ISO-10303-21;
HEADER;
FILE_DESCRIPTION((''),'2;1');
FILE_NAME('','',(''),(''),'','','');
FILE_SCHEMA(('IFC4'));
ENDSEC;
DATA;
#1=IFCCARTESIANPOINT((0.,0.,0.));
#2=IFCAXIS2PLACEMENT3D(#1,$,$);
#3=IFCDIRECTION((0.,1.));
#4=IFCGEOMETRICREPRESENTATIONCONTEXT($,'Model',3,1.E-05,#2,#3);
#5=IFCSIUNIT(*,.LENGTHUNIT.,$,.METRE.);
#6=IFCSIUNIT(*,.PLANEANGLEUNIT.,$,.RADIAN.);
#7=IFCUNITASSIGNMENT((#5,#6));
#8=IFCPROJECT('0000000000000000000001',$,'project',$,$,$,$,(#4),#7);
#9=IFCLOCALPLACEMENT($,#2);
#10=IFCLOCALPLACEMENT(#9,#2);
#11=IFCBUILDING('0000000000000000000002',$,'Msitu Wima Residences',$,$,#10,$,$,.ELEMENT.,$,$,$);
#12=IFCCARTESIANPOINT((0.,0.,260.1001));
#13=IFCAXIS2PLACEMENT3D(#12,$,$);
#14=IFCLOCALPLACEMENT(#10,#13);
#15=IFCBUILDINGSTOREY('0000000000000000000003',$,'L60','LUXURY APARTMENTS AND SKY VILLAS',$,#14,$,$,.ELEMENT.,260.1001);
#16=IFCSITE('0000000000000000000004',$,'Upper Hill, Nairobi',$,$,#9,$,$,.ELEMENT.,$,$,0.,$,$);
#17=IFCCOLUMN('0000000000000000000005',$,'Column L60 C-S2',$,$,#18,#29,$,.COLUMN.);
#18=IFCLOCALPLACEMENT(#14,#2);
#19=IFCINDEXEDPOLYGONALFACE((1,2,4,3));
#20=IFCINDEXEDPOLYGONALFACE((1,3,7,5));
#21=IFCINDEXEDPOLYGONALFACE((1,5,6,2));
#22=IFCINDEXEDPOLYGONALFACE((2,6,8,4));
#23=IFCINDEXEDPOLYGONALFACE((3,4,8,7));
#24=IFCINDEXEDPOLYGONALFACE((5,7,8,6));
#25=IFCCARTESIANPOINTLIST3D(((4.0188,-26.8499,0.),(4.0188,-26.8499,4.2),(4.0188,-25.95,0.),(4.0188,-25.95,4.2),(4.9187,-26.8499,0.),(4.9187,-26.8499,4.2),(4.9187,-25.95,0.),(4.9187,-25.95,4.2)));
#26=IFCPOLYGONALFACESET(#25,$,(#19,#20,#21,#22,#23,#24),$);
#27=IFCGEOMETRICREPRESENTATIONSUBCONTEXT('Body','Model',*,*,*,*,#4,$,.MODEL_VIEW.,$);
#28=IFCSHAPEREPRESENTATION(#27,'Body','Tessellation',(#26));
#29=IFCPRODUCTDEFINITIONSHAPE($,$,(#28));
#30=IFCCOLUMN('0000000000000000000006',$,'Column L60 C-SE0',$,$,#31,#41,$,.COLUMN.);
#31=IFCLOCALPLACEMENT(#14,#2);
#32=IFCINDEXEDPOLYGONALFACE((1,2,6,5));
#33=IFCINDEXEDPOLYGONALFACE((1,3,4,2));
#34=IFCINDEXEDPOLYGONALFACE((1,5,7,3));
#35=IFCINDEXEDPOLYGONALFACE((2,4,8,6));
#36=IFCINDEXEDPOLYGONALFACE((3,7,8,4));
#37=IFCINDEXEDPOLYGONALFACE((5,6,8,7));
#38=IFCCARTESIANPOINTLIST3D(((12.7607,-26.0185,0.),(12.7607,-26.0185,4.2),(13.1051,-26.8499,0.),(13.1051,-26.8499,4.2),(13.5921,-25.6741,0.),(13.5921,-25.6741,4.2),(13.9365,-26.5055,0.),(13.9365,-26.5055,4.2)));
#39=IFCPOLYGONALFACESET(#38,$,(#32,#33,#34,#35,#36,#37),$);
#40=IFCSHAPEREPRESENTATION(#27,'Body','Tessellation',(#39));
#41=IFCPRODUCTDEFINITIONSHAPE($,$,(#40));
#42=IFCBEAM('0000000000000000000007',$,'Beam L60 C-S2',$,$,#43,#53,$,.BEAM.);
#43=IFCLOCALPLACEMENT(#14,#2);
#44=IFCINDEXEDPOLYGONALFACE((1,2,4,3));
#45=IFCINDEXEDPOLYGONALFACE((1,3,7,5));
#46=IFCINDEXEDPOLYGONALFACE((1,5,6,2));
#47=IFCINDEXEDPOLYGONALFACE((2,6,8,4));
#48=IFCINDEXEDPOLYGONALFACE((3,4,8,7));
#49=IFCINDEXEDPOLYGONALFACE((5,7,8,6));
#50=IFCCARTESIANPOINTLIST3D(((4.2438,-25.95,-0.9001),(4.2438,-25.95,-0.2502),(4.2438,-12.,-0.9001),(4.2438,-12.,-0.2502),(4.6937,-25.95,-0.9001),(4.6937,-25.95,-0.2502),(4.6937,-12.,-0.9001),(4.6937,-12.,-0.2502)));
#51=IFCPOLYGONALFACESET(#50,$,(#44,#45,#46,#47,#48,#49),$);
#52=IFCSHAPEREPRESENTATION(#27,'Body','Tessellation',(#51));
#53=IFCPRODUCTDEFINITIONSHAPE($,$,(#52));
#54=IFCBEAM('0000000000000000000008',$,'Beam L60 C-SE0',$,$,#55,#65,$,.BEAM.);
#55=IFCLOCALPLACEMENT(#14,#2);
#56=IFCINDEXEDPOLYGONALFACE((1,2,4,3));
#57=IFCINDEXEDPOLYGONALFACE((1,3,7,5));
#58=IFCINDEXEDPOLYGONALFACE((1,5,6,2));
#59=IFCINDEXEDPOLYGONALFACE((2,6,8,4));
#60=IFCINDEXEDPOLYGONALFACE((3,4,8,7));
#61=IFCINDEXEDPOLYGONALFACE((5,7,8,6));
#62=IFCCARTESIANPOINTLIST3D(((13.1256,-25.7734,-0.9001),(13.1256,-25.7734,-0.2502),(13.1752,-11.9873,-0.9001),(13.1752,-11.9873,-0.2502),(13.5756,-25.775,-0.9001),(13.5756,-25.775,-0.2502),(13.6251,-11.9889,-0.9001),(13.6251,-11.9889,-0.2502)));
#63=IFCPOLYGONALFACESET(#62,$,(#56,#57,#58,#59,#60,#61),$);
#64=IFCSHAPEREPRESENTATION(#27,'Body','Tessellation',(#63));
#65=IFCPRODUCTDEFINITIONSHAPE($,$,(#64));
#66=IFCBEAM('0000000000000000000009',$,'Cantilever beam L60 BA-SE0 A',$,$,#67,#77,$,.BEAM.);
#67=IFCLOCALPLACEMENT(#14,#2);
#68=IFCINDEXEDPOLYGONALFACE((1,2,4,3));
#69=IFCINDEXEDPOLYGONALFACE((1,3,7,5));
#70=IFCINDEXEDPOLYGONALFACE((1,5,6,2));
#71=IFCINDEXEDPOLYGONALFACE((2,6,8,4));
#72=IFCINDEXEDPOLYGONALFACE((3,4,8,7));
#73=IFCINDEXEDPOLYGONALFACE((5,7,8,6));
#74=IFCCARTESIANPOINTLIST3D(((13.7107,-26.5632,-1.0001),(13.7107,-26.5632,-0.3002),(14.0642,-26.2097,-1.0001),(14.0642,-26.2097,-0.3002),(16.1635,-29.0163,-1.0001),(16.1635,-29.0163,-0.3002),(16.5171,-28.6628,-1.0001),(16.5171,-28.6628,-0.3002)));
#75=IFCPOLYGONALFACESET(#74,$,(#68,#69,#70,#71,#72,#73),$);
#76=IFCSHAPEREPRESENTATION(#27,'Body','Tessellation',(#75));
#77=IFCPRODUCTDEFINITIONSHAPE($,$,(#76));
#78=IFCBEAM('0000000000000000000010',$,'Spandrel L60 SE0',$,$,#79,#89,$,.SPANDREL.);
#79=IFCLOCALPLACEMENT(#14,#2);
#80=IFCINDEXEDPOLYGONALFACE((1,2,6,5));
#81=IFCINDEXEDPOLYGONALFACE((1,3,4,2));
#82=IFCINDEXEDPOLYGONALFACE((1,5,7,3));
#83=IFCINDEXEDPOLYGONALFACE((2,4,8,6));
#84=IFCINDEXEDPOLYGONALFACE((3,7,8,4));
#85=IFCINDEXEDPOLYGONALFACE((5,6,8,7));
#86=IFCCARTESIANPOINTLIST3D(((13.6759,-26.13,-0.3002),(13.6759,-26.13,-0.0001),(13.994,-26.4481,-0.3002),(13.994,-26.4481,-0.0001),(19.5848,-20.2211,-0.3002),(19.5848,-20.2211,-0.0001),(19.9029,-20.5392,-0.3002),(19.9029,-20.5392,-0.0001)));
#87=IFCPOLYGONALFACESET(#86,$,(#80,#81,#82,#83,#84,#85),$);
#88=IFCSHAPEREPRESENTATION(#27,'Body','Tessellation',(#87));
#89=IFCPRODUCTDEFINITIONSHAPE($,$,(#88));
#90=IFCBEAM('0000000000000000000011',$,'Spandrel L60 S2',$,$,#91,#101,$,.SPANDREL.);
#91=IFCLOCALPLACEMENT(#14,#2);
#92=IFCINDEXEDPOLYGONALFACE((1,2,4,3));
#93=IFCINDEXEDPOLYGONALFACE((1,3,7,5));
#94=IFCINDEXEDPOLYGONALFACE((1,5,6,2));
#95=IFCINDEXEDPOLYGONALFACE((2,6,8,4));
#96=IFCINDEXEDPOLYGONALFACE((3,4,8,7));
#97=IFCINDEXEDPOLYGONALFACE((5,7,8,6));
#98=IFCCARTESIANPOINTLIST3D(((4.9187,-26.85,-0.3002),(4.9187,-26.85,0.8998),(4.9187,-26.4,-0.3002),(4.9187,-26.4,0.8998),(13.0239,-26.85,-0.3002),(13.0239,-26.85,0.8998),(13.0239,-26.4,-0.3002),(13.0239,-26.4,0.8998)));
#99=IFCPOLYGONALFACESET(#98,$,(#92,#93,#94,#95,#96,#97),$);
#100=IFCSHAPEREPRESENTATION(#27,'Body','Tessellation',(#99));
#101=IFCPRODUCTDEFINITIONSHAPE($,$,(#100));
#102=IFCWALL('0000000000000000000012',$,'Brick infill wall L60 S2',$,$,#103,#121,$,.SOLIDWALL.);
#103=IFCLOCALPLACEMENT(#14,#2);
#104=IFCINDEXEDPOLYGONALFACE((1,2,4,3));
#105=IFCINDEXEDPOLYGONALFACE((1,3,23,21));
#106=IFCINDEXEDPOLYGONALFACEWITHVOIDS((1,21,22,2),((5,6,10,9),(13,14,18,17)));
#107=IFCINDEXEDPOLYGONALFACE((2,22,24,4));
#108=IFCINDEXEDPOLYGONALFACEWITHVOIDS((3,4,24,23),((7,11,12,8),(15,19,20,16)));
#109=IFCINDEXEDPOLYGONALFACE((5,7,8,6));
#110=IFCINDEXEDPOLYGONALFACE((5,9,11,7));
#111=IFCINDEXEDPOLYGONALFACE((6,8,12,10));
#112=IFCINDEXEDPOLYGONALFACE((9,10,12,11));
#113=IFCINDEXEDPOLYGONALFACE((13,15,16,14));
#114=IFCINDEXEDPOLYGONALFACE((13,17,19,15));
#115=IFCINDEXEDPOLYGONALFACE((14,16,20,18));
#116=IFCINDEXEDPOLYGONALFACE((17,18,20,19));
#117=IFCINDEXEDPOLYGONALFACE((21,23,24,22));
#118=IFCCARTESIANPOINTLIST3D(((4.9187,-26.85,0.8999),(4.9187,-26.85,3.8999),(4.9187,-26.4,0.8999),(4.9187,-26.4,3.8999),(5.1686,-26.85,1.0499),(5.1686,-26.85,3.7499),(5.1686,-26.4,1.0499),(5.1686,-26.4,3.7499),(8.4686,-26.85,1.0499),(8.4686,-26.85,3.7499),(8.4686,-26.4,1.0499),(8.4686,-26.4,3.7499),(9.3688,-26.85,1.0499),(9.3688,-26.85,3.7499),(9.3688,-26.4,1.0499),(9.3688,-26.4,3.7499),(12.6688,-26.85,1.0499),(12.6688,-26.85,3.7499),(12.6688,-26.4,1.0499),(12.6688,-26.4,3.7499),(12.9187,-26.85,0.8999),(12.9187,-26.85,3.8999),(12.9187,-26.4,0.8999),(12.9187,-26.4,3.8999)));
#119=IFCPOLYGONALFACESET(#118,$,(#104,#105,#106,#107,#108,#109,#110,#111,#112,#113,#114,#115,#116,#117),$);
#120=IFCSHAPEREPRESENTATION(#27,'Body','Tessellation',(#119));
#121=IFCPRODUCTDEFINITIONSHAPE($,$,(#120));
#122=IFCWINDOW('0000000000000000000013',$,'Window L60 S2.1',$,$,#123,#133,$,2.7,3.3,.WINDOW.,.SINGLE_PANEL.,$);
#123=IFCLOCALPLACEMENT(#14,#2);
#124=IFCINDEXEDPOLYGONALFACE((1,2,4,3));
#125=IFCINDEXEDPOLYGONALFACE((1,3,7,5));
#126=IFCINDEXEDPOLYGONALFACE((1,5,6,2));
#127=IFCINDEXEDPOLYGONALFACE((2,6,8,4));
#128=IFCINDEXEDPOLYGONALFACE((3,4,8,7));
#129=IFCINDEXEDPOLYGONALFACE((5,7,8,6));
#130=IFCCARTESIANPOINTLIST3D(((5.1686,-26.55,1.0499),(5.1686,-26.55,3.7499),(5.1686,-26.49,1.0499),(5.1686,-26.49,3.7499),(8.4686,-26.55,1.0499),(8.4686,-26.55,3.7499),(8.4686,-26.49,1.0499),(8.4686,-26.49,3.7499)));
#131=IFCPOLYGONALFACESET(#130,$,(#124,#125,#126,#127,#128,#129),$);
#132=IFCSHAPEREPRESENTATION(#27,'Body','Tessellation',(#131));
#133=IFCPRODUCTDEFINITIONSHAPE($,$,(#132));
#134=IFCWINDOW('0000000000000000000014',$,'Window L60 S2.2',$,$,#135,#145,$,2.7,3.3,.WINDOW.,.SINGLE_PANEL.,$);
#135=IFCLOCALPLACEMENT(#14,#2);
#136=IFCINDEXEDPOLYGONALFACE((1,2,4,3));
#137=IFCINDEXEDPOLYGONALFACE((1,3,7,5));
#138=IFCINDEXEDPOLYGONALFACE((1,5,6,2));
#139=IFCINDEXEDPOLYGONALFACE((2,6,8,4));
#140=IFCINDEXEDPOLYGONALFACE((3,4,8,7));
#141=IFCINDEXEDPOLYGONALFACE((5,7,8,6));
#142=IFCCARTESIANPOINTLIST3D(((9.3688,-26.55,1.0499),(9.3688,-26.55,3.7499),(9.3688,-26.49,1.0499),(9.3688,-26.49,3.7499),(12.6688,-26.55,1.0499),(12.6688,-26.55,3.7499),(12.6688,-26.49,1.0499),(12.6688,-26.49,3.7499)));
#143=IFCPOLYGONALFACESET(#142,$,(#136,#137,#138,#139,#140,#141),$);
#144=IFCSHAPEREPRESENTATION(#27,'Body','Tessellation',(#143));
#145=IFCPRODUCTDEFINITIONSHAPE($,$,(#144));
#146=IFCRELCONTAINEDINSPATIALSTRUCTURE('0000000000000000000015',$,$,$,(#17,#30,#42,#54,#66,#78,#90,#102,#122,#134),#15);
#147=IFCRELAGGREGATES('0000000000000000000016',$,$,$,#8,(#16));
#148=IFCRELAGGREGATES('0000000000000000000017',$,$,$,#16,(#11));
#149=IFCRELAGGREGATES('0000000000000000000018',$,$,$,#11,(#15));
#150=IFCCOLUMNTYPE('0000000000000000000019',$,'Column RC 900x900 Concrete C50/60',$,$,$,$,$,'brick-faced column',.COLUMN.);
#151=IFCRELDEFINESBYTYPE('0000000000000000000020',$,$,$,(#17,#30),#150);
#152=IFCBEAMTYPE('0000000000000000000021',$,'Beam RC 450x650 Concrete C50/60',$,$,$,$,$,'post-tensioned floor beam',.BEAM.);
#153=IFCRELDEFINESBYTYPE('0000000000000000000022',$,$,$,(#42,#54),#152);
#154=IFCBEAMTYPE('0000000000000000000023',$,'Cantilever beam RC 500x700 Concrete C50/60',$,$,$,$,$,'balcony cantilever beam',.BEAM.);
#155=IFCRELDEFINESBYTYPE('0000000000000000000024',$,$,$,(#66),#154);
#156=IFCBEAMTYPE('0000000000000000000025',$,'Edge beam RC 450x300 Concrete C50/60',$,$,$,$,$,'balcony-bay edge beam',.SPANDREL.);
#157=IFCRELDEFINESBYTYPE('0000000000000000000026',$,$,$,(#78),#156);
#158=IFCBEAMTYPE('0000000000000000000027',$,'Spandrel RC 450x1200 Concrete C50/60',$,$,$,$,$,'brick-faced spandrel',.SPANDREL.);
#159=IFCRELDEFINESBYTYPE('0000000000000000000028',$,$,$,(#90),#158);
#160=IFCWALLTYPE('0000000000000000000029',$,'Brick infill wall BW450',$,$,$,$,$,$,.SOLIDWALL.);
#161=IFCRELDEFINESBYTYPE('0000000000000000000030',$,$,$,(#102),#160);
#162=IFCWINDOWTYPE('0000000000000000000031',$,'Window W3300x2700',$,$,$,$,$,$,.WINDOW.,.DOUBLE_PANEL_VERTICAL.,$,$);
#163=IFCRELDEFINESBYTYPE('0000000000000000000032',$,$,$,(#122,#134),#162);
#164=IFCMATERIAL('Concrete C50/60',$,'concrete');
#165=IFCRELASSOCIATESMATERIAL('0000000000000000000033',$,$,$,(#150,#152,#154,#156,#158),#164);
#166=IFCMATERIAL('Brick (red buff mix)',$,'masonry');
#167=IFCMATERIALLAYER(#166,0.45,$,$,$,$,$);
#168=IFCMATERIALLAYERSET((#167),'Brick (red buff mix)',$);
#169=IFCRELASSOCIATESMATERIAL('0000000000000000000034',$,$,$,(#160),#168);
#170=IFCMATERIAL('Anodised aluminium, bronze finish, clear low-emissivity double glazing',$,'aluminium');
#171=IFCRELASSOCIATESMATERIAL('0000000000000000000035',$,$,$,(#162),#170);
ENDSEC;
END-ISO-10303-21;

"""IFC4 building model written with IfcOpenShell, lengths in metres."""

from ifc_helpers import new_model, si_unit, direction, frame, frame_2d, origin, origin_2d, place, context, subcontext, project, spatial, rectangle, extrude, material, layer, layer_set, material_profile, profile_set, type_object, element, fill, save


model = new_model("IFC4")

# Units and contexts
model_context = context("Model", 3, precision=1e-05, world=origin(), true_north=direction((0.0, 1.0)))
body_context = subcontext(model_context, "Body", "Model", "MODEL_VIEW")
ifc_project = project(units=[si_unit("LENGTHUNIT", "METRE"), si_unit("PLANEANGLEUNIT", "RADIAN")], contexts=[model_context])

# Site, building, storey
site_placement = place(None, origin())
site = spatial("IfcSite", under=ifc_project, at=site_placement, Name="Upper Hill, Nairobi", CompositionType="ELEMENT", RefElevation=0.0)
building_placement = place(site_placement, origin())
building = spatial("IfcBuilding", under=site, at=building_placement, Name="Msitu Wima Residences", CompositionType="ELEMENT")
storey_placement = place(building_placement, frame((0.0, 0.0, 260.1001)))
storey = spatial("IfcBuildingStorey", under=building, at=storey_placement, Name="L60", Description="LUXURY APARTMENTS AND SKY VILLAS", CompositionType="ELEMENT", Elevation=260.1001)

# Columns
ifc_material_1 = material(Name="Concrete C50/60", Category="concrete")
ifc_material_profile_1 = material_profile(ifc_material_1, rectangle(XDim=0.8999, YDim=0.8999, at=origin_2d()), Name="RC 900x900")
ifc_profile_set_1 = profile_set([ifc_material_profile_1], Name="Concrete C50/60")
column_type = type_object("IfcColumnType", Name="Column RC 900x900 Concrete C50/60", ElementType="brick-faced column", PredefinedType="COLUMN", material=ifc_profile_set_1)
for number, where, z_axis, x_axis, name in (
    (1, (4.4688, -26.3999, 0.0), (0.0, 0.0, 1.0), (1.0, 0.0, 0.0), "Column L60 C-S2"),
    (2, (13.3486, -26.262, 0.0), (0.0, 0.0, 1.0), (0.92388, 0.382683, 0.0), "Column L60 C-SE0"),
):
    element("IfcColumn", number, at=place(storey_placement, frame(where, z_axis=z_axis, x_axis=x_axis)), inside=storey, type_object=column_type, Name=name, PredefinedType="COLUMN", context=body_context, shape_type="SweptSolid", body=[
        extrude(rectangle(XDim=0.8999, YDim=0.8999, at=origin_2d()), origin(), (0.0, 0.0, 1.0), 4.2),
    ])

# Beams
ifc_material_profile_2 = material_profile(ifc_material_1, rectangle(XDim=0.45, YDim=0.6499, at=origin_2d()), Name="RC 450x650")
ifc_profile_set_2 = profile_set([ifc_material_profile_2], Name="Concrete C50/60")
beam_type_1 = type_object("IfcBeamType", Name="Beam RC 450x650 Concrete C50/60", ElementType="post-tensioned floor beam", PredefinedType="BEAM", material=ifc_profile_set_2)
beam_1_placement = place(storey_placement, frame((4.4688, -25.95, -0.5752), z_axis=(0.0, 1.0, 0.0), x_axis=(-1.0, 0.0, 0.0)))
element("IfcBeam", 3, at=beam_1_placement, inside=storey, type_object=beam_type_1, Name="Beam L60 C-S2", PredefinedType="BEAM", context=body_context, shape_type="SweptSolid", body=[
    extrude(rectangle(XDim=0.45, YDim=0.6499, at=origin_2d()), origin(), (0.0, 0.0, 1.0), 13.95),
])
beam_2_placement = place(storey_placement, frame((13.3506, -25.7742, -0.5752), z_axis=(0.003595, 0.999994, 0.0), x_axis=(-0.999994, 0.003595, 0.0)))
element("IfcBeam", 4, at=beam_2_placement, inside=storey, type_object=beam_type_1, Name="Beam L60 C-SE0", PredefinedType="BEAM", context=body_context, shape_type="SweptSolid", body=[
    extrude(rectangle(XDim=0.45, YDim=0.6499, at=origin_2d()), origin(), (0.0, 0.0, 1.0), 13.7861),
])
ifc_material_profile_3 = material_profile(ifc_material_1, rectangle(XDim=0.5, YDim=0.7, at=origin_2d()), Name="RC 500x700")
ifc_profile_set_3 = profile_set([ifc_material_profile_3], Name="Concrete C50/60")
beam_type_2 = type_object("IfcBeamType", Name="Cantilever beam RC 500x700 Concrete C50/60", ElementType="balcony cantilever beam", PredefinedType="BEAM", material=ifc_profile_set_3)
beam_3_placement = place(storey_placement, frame((13.8875, -26.3865, -0.6501), z_axis=(0.707072, -0.707142, 0.0), x_axis=(0.707142, 0.707072, 0.0)))
element("IfcBeam", 5, at=beam_3_placement, inside=storey, type_object=beam_type_2, Name="Cantilever beam L60 BA-SE0 A", PredefinedType="BEAM", context=body_context, shape_type="SweptSolid", body=[
    extrude(rectangle(XDim=0.5, YDim=0.7, at=origin_2d()), origin(), (0.0, 0.0, 1.0), 3.469),
])
ifc_material_profile_4 = material_profile(ifc_material_1, rectangle(XDim=0.45, YDim=0.3, at=origin_2d()), Name="RC 450x300")
ifc_profile_set_4 = profile_set([ifc_material_profile_4], Name="Concrete C50/60")
beam_type_3 = type_object("IfcBeamType", Name="Edge beam RC 450x300 Concrete C50/60", ElementType="balcony-bay edge beam", PredefinedType="SPANDREL", material=ifc_profile_set_4)
beam_4_placement = place(storey_placement, frame((13.835, -26.2891, -0.1501), z_axis=(0.707107, 0.707107, 0.0), x_axis=(-0.707107, 0.707107, 0.0)))
element("IfcBeam", 6, at=beam_4_placement, inside=storey, type_object=beam_type_3, Name="Spandrel L60 SE0", PredefinedType="SPANDREL", context=body_context, shape_type="SweptSolid", body=[
    extrude(rectangle(XDim=0.45, YDim=0.3, at=origin_2d()), origin(), (0.0, 0.0, 1.0), 8.3564),
])
ifc_material_profile_5 = material_profile(ifc_material_1, rectangle(XDim=0.45, YDim=1.2, at=origin_2d()), Name="RC 450x1200")
ifc_profile_set_5 = profile_set([ifc_material_profile_5], Name="Concrete C50/60")
beam_type_4 = type_object("IfcBeamType", Name="Spandrel RC 450x1200 Concrete C50/60", ElementType="brick-faced spandrel", PredefinedType="SPANDREL", material=ifc_profile_set_5)
beam_5_placement = place(storey_placement, frame((4.9187, -26.625, 0.2998), z_axis=(1.0, 0.0, 0.0), x_axis=(0.0, 1.0, 0.0)))
element("IfcBeam", 7, at=beam_5_placement, inside=storey, type_object=beam_type_4, Name="Spandrel L60 S2", PredefinedType="SPANDREL", context=body_context, shape_type="SweptSolid", body=[
    extrude(rectangle(XDim=0.45, YDim=1.2, at=origin_2d()), origin(), (0.0, 0.0, 1.0), 8.1052),
])

# Wall, openings, windows
ifc_material_2 = material(Name="Brick (red buff mix)", Category="masonry")
ifc_layer_1 = layer(ifc_material_2, 0.45)
ifc_layer_set_1 = layer_set([ifc_layer_1], Name="Brick (red buff mix)")
wall_type_1 = type_object("IfcWallType", Name="Brick infill wall BW450", PredefinedType="SOLIDWALL", material=ifc_layer_set_1)
wall_1_placement = place(storey_placement, frame((4.9187, -26.625, 0.8999), z_axis=(0.0, 0.0, 1.0), x_axis=(1.0, 0.0, 0.0)))
wall_1 = element("IfcWall", 8, at=wall_1_placement, inside=storey, type_object=wall_type_1, Name="Brick infill wall L60 S2", PredefinedType="SOLIDWALL", context=body_context, shape_type="SweptSolid", body=[
    extrude(rectangle(XDim=8.0, YDim=0.45, at=frame_2d((4.0, 0.0))), origin(), (0.0, 0.0, 1.0), 3.0),
])
opening_1_placement = place(wall_1_placement, frame((0.25, 0.0, 0.1499)))
opening_1 = element("IfcOpeningElement", 9, at=opening_1_placement, cuts=wall_1, PredefinedType="OPENING", context=body_context, shape_type="SweptSolid", body=[
    extrude(rectangle(XDim=3.3, YDim=2.7, at=frame_2d((1.6499, 1.3501))), frame((0.0, 0.2349, 0.0), z_axis=(0.0, -1.0, 0.0), x_axis=(1.0, 0.0, 0.0)), (0.0, 0.0, 1.0), 0.47),
])
opening_2_placement = place(wall_1_placement, frame((4.4502, 0.0, 0.1499)))
opening_2 = element("IfcOpeningElement", 10, at=opening_2_placement, cuts=wall_1, PredefinedType="OPENING", context=body_context, shape_type="SweptSolid", body=[
    extrude(rectangle(XDim=3.3, YDim=2.7, at=frame_2d((1.6499, 1.3501))), frame((0.0, 0.2349, 0.0), z_axis=(0.0, -1.0, 0.0), x_axis=(1.0, 0.0, 0.0)), (0.0, 0.0, 1.0), 0.47),
])
ifc_material_3 = material(Name="Anodised aluminium, bronze finish, clear low-emissivity double glazing", Category="aluminium")
window_type = type_object("IfcWindowType", Name="Window W3300x2700", PartitioningType="DOUBLE_PANEL_VERTICAL", PredefinedType="WINDOW", material=ifc_material_3)
window_1_placement = place(opening_1_placement, origin())
window_1 = element("IfcWindow", 11, at=window_1_placement, inside=storey, type_object=window_type, Name="Window L60 S2.1", OverallHeight=2.7, OverallWidth=3.3, PartitioningType="SINGLE_PANEL", PredefinedType="WINDOW", context=body_context, shape_type="SweptSolid", body=[
    extrude(rectangle(XDim=3.3, YDim=2.7, at=frame_2d((1.6499, 1.3501))), frame((0.0, 0.135, 0.0), z_axis=(0.0, -1.0, 0.0), x_axis=(1.0, 0.0, 0.0)), (0.0, 0.0, 1.0), 0.0601),
])
fill(opening_1, window_1)
window_2_placement = place(opening_2_placement, origin())
window_2 = element("IfcWindow", 12, at=window_2_placement, inside=storey, type_object=window_type, Name="Window L60 S2.2", OverallHeight=2.7, OverallWidth=3.3, PartitioningType="SINGLE_PANEL", PredefinedType="WINDOW", context=body_context, shape_type="SweptSolid", body=[
    extrude(rectangle(XDim=3.3, YDim=2.7, at=frame_2d((1.6499, 1.3501))), frame((0.0, 0.135, 0.0), z_axis=(0.0, -1.0, 0.0), x_axis=(1.0, 0.0, 0.0)), (0.0, 0.0, 1.0), 0.0601),
])
fill(opening_2, window_2)

save(model, "model.ifc")
